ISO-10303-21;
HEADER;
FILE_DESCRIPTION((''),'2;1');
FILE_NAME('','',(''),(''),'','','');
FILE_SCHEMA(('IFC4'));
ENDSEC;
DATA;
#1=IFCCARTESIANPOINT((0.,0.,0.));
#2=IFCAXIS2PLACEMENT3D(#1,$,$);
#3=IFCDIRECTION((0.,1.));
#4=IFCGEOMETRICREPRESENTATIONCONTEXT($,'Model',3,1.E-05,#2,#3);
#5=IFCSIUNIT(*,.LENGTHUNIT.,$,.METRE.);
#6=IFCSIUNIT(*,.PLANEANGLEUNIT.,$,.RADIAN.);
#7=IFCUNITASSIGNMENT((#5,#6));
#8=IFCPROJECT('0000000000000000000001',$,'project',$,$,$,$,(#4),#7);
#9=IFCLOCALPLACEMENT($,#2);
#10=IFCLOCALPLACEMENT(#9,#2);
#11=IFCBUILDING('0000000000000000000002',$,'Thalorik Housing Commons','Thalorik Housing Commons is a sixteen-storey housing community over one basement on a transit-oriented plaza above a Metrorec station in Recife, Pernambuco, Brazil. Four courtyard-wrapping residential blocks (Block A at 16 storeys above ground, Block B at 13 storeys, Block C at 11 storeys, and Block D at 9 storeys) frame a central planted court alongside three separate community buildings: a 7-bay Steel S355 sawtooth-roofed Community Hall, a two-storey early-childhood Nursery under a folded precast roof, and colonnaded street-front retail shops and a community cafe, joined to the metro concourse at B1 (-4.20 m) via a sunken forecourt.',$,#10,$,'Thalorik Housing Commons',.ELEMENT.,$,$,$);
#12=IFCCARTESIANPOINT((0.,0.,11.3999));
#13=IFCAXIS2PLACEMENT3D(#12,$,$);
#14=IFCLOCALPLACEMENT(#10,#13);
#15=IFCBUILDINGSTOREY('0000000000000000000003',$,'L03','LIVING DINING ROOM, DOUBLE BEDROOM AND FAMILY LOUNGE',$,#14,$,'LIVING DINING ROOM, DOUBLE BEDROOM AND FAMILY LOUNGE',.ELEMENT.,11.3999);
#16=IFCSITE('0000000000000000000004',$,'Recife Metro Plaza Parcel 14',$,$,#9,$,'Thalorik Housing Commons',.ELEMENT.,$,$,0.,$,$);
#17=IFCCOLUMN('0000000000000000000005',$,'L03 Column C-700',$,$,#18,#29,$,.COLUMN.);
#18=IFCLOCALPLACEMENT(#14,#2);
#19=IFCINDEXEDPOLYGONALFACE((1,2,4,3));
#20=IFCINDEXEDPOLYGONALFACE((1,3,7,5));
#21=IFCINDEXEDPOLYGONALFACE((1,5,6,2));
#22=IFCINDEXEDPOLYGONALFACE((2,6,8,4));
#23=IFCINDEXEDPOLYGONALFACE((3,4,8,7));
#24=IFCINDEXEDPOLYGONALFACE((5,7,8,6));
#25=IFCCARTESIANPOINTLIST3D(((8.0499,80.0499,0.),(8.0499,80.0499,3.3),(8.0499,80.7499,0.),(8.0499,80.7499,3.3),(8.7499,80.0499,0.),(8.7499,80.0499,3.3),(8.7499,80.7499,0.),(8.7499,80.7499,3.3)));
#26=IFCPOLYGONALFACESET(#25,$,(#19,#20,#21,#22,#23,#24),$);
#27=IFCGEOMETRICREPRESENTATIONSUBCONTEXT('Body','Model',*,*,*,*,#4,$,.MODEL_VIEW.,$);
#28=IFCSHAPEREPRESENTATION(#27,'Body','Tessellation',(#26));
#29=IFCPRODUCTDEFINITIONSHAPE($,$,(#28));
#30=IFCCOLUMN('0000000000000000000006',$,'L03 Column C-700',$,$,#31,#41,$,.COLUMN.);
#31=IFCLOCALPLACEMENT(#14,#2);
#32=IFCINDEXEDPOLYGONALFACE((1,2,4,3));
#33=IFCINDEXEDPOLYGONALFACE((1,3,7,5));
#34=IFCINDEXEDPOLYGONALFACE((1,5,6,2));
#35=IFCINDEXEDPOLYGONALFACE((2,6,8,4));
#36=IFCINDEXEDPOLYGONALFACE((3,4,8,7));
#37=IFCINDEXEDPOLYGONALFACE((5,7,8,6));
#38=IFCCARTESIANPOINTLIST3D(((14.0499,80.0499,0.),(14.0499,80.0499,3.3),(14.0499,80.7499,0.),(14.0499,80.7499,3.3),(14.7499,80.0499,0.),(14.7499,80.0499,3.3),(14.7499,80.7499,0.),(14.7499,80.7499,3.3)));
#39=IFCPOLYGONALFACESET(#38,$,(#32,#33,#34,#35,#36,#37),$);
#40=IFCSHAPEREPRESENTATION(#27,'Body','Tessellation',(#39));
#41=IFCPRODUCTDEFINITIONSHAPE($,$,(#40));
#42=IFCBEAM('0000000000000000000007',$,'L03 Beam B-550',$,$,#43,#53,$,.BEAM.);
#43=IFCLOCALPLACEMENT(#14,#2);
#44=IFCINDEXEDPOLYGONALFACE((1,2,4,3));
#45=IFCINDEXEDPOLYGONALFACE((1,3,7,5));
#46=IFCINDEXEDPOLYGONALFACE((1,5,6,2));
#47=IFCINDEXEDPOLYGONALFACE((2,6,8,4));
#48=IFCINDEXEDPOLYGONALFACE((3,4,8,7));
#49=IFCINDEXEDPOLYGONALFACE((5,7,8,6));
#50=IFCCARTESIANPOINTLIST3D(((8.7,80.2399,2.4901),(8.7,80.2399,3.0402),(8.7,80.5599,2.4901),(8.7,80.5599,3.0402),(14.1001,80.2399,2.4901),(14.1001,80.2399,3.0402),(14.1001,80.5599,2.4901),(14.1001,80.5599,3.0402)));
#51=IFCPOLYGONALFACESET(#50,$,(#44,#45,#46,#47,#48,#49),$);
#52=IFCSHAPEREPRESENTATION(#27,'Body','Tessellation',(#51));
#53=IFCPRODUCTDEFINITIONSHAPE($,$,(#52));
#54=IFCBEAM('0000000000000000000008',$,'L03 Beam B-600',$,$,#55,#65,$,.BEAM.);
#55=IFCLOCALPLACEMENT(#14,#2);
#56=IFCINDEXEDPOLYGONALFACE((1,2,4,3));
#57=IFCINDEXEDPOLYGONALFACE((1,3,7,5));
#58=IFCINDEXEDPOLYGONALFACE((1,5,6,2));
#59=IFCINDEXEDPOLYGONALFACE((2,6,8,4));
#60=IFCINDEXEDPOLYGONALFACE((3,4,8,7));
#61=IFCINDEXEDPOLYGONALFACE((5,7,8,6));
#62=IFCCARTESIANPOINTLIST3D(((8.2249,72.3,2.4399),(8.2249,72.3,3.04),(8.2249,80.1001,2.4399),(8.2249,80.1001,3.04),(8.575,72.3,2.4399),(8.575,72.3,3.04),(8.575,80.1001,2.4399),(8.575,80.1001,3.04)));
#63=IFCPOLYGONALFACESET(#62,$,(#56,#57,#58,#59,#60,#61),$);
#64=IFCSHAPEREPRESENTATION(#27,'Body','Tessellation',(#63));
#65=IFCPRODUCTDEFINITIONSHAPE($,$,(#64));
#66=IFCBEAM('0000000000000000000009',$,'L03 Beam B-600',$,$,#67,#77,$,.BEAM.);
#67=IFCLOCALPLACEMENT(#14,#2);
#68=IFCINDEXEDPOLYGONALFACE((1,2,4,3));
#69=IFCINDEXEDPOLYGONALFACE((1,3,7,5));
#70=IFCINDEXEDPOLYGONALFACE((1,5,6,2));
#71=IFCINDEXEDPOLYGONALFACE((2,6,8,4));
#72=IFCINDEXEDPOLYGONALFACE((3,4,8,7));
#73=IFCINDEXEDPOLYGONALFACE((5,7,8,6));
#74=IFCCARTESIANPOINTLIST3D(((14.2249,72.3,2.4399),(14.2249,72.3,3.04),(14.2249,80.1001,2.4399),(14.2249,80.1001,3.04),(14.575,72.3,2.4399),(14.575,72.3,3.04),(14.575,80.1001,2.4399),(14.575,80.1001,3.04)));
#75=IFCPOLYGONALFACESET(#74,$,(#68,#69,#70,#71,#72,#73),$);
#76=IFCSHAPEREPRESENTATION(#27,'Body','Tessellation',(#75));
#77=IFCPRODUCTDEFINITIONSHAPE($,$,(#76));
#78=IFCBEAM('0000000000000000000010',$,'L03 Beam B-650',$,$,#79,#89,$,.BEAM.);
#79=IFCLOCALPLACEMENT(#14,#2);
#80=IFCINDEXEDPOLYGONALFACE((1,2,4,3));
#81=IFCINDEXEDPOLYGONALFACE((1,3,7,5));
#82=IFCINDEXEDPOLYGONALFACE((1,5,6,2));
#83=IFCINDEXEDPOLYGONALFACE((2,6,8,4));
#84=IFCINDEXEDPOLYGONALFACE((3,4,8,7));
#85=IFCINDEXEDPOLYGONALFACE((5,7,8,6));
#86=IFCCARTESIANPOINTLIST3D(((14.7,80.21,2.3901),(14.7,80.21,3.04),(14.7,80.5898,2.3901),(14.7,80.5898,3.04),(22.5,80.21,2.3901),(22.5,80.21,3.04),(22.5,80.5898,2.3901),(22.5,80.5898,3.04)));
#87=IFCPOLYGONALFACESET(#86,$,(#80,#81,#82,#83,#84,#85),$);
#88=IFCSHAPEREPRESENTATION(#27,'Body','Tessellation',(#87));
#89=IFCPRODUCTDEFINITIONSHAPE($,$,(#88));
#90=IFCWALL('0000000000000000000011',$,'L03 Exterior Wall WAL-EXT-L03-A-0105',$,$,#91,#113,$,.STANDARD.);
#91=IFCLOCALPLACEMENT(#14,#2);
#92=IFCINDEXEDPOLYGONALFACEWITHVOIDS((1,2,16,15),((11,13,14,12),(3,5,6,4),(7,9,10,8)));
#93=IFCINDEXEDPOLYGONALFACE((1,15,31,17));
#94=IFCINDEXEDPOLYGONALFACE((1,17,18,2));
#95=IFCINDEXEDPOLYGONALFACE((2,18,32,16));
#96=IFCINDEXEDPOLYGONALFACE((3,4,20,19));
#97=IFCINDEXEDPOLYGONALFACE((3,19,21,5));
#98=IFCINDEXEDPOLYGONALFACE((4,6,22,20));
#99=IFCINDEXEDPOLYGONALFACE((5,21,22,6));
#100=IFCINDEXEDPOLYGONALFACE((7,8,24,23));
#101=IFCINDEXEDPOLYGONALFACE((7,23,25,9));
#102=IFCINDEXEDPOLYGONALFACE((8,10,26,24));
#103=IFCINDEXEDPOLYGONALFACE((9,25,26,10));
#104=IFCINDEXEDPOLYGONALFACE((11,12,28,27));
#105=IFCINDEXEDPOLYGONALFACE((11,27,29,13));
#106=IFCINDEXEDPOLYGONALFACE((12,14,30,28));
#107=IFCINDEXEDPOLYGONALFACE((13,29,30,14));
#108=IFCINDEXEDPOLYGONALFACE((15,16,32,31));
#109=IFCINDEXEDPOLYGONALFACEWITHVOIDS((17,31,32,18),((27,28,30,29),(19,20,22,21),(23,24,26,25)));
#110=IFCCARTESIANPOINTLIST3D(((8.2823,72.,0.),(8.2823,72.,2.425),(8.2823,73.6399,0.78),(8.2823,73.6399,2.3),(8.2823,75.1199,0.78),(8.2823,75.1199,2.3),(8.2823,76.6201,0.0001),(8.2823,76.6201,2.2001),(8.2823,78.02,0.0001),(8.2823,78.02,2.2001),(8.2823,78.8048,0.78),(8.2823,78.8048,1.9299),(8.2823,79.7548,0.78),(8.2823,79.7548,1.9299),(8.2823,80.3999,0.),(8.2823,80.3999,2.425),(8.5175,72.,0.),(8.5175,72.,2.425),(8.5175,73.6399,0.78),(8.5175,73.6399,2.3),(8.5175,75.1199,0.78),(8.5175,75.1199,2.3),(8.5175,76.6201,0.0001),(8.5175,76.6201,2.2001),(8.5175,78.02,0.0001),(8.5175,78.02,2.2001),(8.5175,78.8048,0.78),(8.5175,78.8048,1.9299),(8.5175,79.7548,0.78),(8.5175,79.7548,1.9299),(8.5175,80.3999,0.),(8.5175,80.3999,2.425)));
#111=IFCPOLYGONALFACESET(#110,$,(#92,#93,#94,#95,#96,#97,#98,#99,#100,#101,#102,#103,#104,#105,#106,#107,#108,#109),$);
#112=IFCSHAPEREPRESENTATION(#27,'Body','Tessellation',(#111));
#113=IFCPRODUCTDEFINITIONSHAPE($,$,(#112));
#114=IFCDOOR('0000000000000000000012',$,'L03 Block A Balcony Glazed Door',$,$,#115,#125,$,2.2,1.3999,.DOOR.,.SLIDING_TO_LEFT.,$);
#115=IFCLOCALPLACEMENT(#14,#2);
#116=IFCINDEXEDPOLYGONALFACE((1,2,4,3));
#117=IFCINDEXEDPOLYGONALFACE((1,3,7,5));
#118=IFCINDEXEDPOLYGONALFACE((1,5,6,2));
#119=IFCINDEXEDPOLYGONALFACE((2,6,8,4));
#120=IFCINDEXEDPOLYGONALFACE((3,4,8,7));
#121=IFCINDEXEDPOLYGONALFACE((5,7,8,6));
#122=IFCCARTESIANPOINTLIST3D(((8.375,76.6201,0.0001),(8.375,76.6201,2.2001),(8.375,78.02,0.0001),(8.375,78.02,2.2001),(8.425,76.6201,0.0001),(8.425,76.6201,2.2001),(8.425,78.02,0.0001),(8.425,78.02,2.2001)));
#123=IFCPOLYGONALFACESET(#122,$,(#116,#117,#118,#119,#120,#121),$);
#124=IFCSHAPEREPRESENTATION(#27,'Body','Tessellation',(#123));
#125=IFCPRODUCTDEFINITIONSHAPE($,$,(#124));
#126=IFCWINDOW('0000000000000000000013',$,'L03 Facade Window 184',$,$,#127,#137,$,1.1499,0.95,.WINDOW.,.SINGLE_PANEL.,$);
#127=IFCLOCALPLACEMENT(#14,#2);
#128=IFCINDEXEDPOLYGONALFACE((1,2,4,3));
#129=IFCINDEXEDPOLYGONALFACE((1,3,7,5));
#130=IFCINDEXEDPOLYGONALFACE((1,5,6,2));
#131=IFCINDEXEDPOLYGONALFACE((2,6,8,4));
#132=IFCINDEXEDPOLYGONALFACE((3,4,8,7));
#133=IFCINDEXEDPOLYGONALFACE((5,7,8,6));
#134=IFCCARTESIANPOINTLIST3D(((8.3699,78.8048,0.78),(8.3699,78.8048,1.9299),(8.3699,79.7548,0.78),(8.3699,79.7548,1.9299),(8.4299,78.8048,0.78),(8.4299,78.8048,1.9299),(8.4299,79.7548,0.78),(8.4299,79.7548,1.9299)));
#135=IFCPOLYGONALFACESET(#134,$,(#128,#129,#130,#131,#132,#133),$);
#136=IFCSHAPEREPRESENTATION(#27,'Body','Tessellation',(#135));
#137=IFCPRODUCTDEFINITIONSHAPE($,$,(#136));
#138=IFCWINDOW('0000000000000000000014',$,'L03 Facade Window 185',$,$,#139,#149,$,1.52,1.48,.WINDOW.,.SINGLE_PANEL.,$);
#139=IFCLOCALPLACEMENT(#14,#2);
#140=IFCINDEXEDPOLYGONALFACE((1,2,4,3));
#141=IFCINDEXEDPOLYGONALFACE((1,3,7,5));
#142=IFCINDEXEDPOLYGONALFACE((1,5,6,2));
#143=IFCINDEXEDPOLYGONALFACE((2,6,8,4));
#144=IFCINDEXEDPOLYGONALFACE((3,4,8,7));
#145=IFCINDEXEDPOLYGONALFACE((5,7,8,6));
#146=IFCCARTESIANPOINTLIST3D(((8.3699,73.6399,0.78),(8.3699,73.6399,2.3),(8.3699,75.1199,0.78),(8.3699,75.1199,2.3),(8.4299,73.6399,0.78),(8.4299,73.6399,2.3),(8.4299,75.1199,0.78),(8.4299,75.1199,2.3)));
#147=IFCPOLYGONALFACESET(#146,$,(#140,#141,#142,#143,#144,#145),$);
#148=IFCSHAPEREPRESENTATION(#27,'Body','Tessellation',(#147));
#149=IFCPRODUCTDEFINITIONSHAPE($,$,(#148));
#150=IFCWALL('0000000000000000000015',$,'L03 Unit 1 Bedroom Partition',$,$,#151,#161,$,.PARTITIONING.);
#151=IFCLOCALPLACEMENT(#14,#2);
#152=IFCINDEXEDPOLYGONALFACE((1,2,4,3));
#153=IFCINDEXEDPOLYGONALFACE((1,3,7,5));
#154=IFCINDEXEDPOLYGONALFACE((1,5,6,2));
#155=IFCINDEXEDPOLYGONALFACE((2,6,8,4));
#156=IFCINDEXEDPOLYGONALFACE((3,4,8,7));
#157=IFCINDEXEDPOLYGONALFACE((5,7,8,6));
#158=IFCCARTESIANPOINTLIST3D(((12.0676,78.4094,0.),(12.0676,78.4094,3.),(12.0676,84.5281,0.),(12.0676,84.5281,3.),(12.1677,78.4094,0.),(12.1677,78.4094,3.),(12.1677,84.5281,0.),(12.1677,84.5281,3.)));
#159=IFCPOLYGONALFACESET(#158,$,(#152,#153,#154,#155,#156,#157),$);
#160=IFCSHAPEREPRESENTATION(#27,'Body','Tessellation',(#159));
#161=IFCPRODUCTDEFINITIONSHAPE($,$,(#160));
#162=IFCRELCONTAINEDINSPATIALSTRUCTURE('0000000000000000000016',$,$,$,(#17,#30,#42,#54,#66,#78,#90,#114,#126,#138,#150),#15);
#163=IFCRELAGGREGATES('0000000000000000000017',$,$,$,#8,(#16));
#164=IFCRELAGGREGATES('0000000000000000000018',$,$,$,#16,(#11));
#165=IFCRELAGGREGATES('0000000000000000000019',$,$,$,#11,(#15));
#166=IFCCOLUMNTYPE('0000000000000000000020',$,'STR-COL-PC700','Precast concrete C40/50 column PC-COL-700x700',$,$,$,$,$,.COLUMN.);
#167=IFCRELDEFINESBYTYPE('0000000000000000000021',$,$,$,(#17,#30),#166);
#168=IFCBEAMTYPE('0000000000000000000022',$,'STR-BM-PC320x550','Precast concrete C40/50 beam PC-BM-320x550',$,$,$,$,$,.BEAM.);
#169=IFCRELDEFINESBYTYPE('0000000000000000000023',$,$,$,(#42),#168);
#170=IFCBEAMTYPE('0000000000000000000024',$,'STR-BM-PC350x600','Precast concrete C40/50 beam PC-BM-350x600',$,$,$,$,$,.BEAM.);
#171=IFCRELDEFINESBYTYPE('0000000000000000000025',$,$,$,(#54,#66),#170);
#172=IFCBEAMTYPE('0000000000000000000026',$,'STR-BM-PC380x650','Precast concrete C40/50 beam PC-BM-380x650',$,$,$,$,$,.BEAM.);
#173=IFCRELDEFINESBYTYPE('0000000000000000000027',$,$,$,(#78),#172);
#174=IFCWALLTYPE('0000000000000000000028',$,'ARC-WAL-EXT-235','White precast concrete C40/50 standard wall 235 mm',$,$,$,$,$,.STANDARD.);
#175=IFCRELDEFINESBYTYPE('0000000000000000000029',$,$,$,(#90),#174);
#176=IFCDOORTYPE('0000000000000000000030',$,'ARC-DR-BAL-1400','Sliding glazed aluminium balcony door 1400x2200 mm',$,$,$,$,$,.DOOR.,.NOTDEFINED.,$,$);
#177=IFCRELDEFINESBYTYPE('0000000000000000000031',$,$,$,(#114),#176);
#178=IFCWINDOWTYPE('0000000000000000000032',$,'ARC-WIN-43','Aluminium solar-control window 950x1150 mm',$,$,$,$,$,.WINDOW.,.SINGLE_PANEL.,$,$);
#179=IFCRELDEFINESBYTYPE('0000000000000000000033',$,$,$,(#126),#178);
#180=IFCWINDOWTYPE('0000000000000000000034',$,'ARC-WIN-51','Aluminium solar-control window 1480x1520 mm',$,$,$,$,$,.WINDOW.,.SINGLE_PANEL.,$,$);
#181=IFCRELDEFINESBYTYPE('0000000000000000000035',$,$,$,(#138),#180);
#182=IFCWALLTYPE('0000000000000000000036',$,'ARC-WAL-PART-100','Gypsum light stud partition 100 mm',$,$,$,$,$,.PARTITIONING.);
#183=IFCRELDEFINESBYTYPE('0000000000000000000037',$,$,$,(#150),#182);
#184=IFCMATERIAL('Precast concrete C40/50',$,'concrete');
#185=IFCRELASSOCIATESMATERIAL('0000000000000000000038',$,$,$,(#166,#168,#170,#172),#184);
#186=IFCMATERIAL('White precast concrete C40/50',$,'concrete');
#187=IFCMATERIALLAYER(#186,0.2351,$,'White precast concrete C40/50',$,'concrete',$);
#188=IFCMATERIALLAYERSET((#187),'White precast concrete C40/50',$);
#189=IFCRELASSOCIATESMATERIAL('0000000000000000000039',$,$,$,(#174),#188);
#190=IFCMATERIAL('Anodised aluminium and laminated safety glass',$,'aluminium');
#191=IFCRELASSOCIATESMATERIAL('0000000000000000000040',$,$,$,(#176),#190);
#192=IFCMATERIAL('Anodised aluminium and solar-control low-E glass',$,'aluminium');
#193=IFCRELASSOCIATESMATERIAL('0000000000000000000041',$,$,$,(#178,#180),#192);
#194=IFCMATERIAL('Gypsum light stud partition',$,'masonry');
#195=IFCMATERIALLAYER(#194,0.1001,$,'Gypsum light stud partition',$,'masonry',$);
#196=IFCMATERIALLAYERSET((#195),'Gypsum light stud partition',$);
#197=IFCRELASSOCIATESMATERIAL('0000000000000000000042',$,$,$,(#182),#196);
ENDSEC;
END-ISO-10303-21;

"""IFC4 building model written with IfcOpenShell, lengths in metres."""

from ifc_helpers import new_model, si_unit, direction, frame, frame_2d, origin, origin_2d, place, context, subcontext, project, spatial, rectangle, extrude, material, layer, layer_set, material_profile, profile_set, type_object, element, fill, save


model = new_model("IFC4")

# Units and contexts
model_context = context("Model", 3, precision=1e-05, world=origin(), true_north=direction((0.0, 1.0)))
body_context = subcontext(model_context, "Body", "Model", "MODEL_VIEW")
ifc_project = project(units=[si_unit("LENGTHUNIT", "METRE"), si_unit("PLANEANGLEUNIT", "RADIAN")], contexts=[model_context])

# Site, building, storey
site_placement = place(None, origin())
site = spatial("IfcSite", under=ifc_project, at=site_placement, Name="Recife Metro Plaza Parcel 14", LongName="Thalorik Housing Commons", CompositionType="ELEMENT", RefElevation=0.0)
building_placement = place(site_placement, origin())
building = spatial("IfcBuilding", under=site, at=building_placement, Name="Thalorik Housing Commons", Description="Thalorik Housing Commons is a sixteen-storey housing community over one basement on a transit-oriented plaza above a Metrorec station in Recife, Pernambuco, Brazil. Four courtyard-wrapping residential blocks (Block A at 16 storeys above ground, Block B at 13 storeys, Block C at 11 storeys, and Block D at 9 storeys) frame a central planted court alongside three separate community buildings: a 7-bay Steel S355 sawtooth-roofed Community Hall, a two-storey early-childhood Nursery under a folded precast roof, and colonnaded street-front retail shops and a community cafe, joined to the metro concourse at B1 (-4.20 m) via a sunken forecourt.", LongName="Thalorik Housing Commons", CompositionType="ELEMENT")
storey_placement = place(building_placement, frame((0.0, 0.0, 11.3999)))
storey = spatial("IfcBuildingStorey", under=building, at=storey_placement, Name="L03", Description="LIVING DINING ROOM, DOUBLE BEDROOM AND FAMILY LOUNGE", LongName="LIVING DINING ROOM, DOUBLE BEDROOM AND FAMILY LOUNGE", CompositionType="ELEMENT", Elevation=11.3999)

# Columns
ifc_material_1 = material(Name="Precast concrete C40/50", Category="concrete")
ifc_material_profile_1 = material_profile(ifc_material_1, rectangle(XDim=0.7, YDim=0.7, at=origin_2d()), Name="PC 700x700", Category="concrete")
ifc_profile_set_1 = profile_set([ifc_material_profile_1], Name="Precast concrete C40/50")
column_type = type_object("IfcColumnType", Name="STR-COL-PC700", Description="Precast concrete C40/50 column PC-COL-700x700", PredefinedType="COLUMN", material=ifc_profile_set_1)
for number, where, z_axis, x_axis, name in (
    (1, (8.3999, 80.3999, 0.0), (0.0, 0.0, 1.0), (1.0, 0.0, 0.0), "L03 Column C-700"),
    (2, (14.3999, 80.3999, 0.0), (0.0, 0.0, 1.0), (1.0, 0.0, 0.0), "L03 Column C-700"),
):
    element("IfcColumn", number, at=place(storey_placement, frame(where, z_axis=z_axis, x_axis=x_axis)), inside=storey, type_object=column_type, Name=name, PredefinedType="COLUMN", context=body_context, shape_type="SweptSolid", body=[
        extrude(rectangle(XDim=0.7, YDim=0.7, at=origin_2d()), origin(), (0.0, 0.0, 1.0), 3.3),
    ])

# Beams
ifc_material_profile_2 = material_profile(ifc_material_1, rectangle(XDim=0.3201, YDim=0.55, at=origin_2d()), Name="PC 320x550", Category="concrete")
ifc_profile_set_2 = profile_set([ifc_material_profile_2], Name="Precast concrete C40/50")
beam_type_1 = type_object("IfcBeamType", Name="STR-BM-PC320x550", Description="Precast concrete C40/50 beam PC-BM-320x550", PredefinedType="BEAM", material=ifc_profile_set_2)
beam_1_placement = place(storey_placement, frame((8.7, 80.3999, 2.7651), z_axis=(1.0, 0.0, 0.0), x_axis=(0.0, 1.0, 0.0)))
element("IfcBeam", 3, at=beam_1_placement, inside=storey, type_object=beam_type_1, Name="L03 Beam B-550", PredefinedType="BEAM", context=body_context, shape_type="SweptSolid", body=[
    extrude(rectangle(XDim=0.3201, YDim=0.55, at=origin_2d()), origin(), (0.0, 0.0, 1.0), 5.4001),
])
ifc_material_profile_3 = material_profile(ifc_material_1, rectangle(XDim=0.3501, YDim=0.6001, at=origin_2d()), Name="PC 350x600", Category="concrete")
ifc_profile_set_3 = profile_set([ifc_material_profile_3], Name="Precast concrete C40/50")
beam_type_2 = type_object("IfcBeamType", Name="STR-BM-PC350x600", Description="Precast concrete C40/50 beam PC-BM-350x600", PredefinedType="BEAM", material=ifc_profile_set_3)
for number, where, z_axis, x_axis, name in (
    (4, (8.3999, 72.3, 2.74), (0.0, 1.0, 0.0), (-1.0, 0.0, 0.0), "L03 Beam B-600"),
    (5, (14.3999, 72.3, 2.74), (0.0, 1.0, 0.0), (-1.0, 0.0, 0.0), "L03 Beam B-600"),
):
    element("IfcBeam", number, at=place(storey_placement, frame(where, z_axis=z_axis, x_axis=x_axis)), inside=storey, type_object=beam_type_2, Name=name, PredefinedType="BEAM", context=body_context, shape_type="SweptSolid", body=[
        extrude(rectangle(XDim=0.3501, YDim=0.6001, at=origin_2d()), origin(), (0.0, 0.0, 1.0), 7.8),
    ])
ifc_material_profile_4 = material_profile(ifc_material_1, rectangle(XDim=0.3799, YDim=0.6499, at=origin_2d()), Name="PC 380x650", Category="concrete")
ifc_profile_set_4 = profile_set([ifc_material_profile_4], Name="Precast concrete C40/50")
beam_type_3 = type_object("IfcBeamType", Name="STR-BM-PC380x650", Description="Precast concrete C40/50 beam PC-BM-380x650", PredefinedType="BEAM", material=ifc_profile_set_4)
beam_2_placement = place(storey_placement, frame((14.7, 80.3999, 2.7151), z_axis=(1.0, 0.0, 0.0), x_axis=(0.0, 1.0, 0.0)))
element("IfcBeam", 6, at=beam_2_placement, inside=storey, type_object=beam_type_3, Name="L03 Beam B-650", PredefinedType="BEAM", context=body_context, shape_type="SweptSolid", body=[
    extrude(rectangle(XDim=0.3799, YDim=0.6499, at=origin_2d()), origin(), (0.0, 0.0, 1.0), 7.8),
])

# Wall, openings, door, windows
ifc_material_2 = material(Name="White precast concrete C40/50", Category="concrete")
ifc_layer_1 = layer(ifc_material_2, 0.2351, Name="White precast concrete C40/50", Category="concrete")
ifc_layer_set_1 = layer_set([ifc_layer_1], Name="White precast concrete C40/50")
wall_type_1 = type_object("IfcWallType", Name="ARC-WAL-EXT-235", Description="White precast concrete C40/50 standard wall 235 mm", PredefinedType="STANDARD", material=ifc_layer_set_1)
wall_1_placement = place(storey_placement, frame((8.3999, 80.3999, 0.0), z_axis=(0.0, 0.0, 1.0), x_axis=(0.0, -1.0, 0.0)))
wall_1 = element("IfcWall", 7, at=wall_1_placement, inside=storey, type_object=wall_type_1, Name="L03 Exterior Wall WAL-EXT-L03-A-0105", PredefinedType="STANDARD", context=body_context, shape_type="SweptSolid", body=[
    extrude(rectangle(XDim=8.3999, YDim=0.2351, at=frame_2d((4.2, 0.0))), origin(), (0.0, 0.0, 1.0), 2.425),
])
opening_1_placement = place(wall_1_placement, frame((2.3799, 0.0, 0.0)))
opening_1 = element("IfcOpeningElement", 8, at=opening_1_placement, cuts=wall_1, PredefinedType="OPENING", context=body_context, shape_type="SweptSolid", body=[
    extrude(rectangle(XDim=1.3999, YDim=2.2, at=frame_2d((0.7, 1.1001))), frame((0.0, 0.1274, 0.0), z_axis=(0.0, -1.0, 0.0), x_axis=(1.0, 0.0, 0.0)), (0.0, 0.0, 1.0), 0.2551),
])
opening_2_placement = place(wall_1_placement, frame((0.645, 0.0, 0.78)))
opening_2 = element("IfcOpeningElement", 9, at=opening_2_placement, cuts=wall_1, PredefinedType="OPENING", context=body_context, shape_type="SweptSolid", body=[
    extrude(rectangle(XDim=0.95, YDim=1.1499, at=frame_2d((0.4751, 0.575))), frame((0.0, 0.1274, 0.0), z_axis=(0.0, -1.0, 0.0), x_axis=(1.0, 0.0, 0.0)), (0.0, 0.0, 1.0), 0.2551),
])
opening_3_placement = place(wall_1_placement, frame((5.28, 0.0, 0.78)))
opening_3 = element("IfcOpeningElement", 10, at=opening_3_placement, cuts=wall_1, PredefinedType="OPENING", context=body_context, shape_type="SweptSolid", body=[
    extrude(rectangle(XDim=1.48, YDim=1.52, at=frame_2d((0.74, 0.76))), frame((0.0, 0.1274, 0.0), z_axis=(0.0, -1.0, 0.0), x_axis=(1.0, 0.0, 0.0)), (0.0, 0.0, 1.0), 0.2551),
])
ifc_material_3 = material(Name="Anodised aluminium and laminated safety glass", Category="aluminium")
door_type_1 = type_object("IfcDoorType", Name="ARC-DR-BAL-1400", Description="Sliding glazed aluminium balcony door 1400x2200 mm", OperationType="NOTDEFINED", PredefinedType="DOOR", material=ifc_material_3)
door_1_placement = place(opening_1_placement, frame((1.3999, 0.0, 0.0), z_axis=(0.0, 0.0, 1.0), x_axis=(-1.0, 0.0, 0.0)))
door_1 = element("IfcDoor", 11, at=door_1_placement, inside=storey, type_object=door_type_1, Name="L03 Block A Balcony Glazed Door", OperationType="SLIDING_TO_LEFT", OverallHeight=2.2, OverallWidth=1.3999, PredefinedType="DOOR", context=body_context, shape_type="SweptSolid", body=[
    extrude(rectangle(XDim=1.3999, YDim=2.2, at=frame_2d((0.7, 1.1001))), frame((0.0, 0.0249, 0.0), z_axis=(0.0, -1.0, 0.0), x_axis=(1.0, 0.0, 0.0)), (0.0, 0.0, 1.0), 0.05),
])
fill(opening_1, door_1)
ifc_material_4 = material(Name="Anodised aluminium and solar-control low-E glass", Category="aluminium")
window_type_1 = type_object("IfcWindowType", Name="ARC-WIN-43", Description="Aluminium solar-control window 950x1150 mm", PartitioningType="SINGLE_PANEL", PredefinedType="WINDOW", material=ifc_material_4)
window_1_placement = place(opening_2_placement, origin())
window_1 = element("IfcWindow", 12, at=window_1_placement, inside=storey, type_object=window_type_1, Name="L03 Facade Window 184", OverallHeight=1.1499, OverallWidth=0.95, PartitioningType="SINGLE_PANEL", PredefinedType="WINDOW", context=body_context, shape_type="SweptSolid", body=[
    extrude(rectangle(XDim=0.95, YDim=1.1499, at=frame_2d((0.4751, 0.575))), frame((0.0, 0.03, 0.0), z_axis=(0.0, -1.0, 0.0), x_axis=(1.0, 0.0, 0.0)), (0.0, 0.0, 1.0), 0.0601),
])
fill(opening_2, window_1)
window_type_2 = type_object("IfcWindowType", Name="ARC-WIN-51", Description="Aluminium solar-control window 1480x1520 mm", PartitioningType="SINGLE_PANEL", PredefinedType="WINDOW", material=ifc_material_4)
window_2_placement = place(opening_3_placement, origin())
window_2 = element("IfcWindow", 13, at=window_2_placement, inside=storey, type_object=window_type_2, Name="L03 Facade Window 185", OverallHeight=1.52, OverallWidth=1.48, PartitioningType="SINGLE_PANEL", PredefinedType="WINDOW", context=body_context, shape_type="SweptSolid", body=[
    extrude(rectangle(XDim=1.48, YDim=1.52, at=frame_2d((0.74, 0.76))), frame((0.0, 0.03, 0.0), z_axis=(0.0, -1.0, 0.0), x_axis=(1.0, 0.0, 0.0)), (0.0, 0.0, 1.0), 0.0601),
])
fill(opening_3, window_2)

# Wall
ifc_material_5 = material(Name="Gypsum light stud partition", Category="masonry")
ifc_layer_2 = layer(ifc_material_5, 0.1001, Name="Gypsum light stud partition", Category="masonry")
ifc_layer_set_2 = layer_set([ifc_layer_2], Name="Gypsum light stud partition")
wall_type_2 = type_object("IfcWallType", Name="ARC-WAL-PART-100", Description="Gypsum light stud partition 100 mm", PredefinedType="PARTITIONING", material=ifc_layer_set_2)
wall_2_placement = place(storey_placement, frame((12.1177, 78.4094, 0.0), z_axis=(0.0, 0.0, 1.0), x_axis=(0.0, 1.0, 0.0)))
element("IfcWall", 14, at=wall_2_placement, inside=storey, type_object=wall_type_2, Name="L03 Unit 1 Bedroom Partition", PredefinedType="PARTITIONING", context=body_context, shape_type="SweptSolid", body=[
    extrude(rectangle(XDim=6.1187, YDim=0.1001, at=frame_2d((3.0593, 0.0))), origin(), (0.0, 0.0, 1.0), 3.0),
])

save(model, "model.ifc")
